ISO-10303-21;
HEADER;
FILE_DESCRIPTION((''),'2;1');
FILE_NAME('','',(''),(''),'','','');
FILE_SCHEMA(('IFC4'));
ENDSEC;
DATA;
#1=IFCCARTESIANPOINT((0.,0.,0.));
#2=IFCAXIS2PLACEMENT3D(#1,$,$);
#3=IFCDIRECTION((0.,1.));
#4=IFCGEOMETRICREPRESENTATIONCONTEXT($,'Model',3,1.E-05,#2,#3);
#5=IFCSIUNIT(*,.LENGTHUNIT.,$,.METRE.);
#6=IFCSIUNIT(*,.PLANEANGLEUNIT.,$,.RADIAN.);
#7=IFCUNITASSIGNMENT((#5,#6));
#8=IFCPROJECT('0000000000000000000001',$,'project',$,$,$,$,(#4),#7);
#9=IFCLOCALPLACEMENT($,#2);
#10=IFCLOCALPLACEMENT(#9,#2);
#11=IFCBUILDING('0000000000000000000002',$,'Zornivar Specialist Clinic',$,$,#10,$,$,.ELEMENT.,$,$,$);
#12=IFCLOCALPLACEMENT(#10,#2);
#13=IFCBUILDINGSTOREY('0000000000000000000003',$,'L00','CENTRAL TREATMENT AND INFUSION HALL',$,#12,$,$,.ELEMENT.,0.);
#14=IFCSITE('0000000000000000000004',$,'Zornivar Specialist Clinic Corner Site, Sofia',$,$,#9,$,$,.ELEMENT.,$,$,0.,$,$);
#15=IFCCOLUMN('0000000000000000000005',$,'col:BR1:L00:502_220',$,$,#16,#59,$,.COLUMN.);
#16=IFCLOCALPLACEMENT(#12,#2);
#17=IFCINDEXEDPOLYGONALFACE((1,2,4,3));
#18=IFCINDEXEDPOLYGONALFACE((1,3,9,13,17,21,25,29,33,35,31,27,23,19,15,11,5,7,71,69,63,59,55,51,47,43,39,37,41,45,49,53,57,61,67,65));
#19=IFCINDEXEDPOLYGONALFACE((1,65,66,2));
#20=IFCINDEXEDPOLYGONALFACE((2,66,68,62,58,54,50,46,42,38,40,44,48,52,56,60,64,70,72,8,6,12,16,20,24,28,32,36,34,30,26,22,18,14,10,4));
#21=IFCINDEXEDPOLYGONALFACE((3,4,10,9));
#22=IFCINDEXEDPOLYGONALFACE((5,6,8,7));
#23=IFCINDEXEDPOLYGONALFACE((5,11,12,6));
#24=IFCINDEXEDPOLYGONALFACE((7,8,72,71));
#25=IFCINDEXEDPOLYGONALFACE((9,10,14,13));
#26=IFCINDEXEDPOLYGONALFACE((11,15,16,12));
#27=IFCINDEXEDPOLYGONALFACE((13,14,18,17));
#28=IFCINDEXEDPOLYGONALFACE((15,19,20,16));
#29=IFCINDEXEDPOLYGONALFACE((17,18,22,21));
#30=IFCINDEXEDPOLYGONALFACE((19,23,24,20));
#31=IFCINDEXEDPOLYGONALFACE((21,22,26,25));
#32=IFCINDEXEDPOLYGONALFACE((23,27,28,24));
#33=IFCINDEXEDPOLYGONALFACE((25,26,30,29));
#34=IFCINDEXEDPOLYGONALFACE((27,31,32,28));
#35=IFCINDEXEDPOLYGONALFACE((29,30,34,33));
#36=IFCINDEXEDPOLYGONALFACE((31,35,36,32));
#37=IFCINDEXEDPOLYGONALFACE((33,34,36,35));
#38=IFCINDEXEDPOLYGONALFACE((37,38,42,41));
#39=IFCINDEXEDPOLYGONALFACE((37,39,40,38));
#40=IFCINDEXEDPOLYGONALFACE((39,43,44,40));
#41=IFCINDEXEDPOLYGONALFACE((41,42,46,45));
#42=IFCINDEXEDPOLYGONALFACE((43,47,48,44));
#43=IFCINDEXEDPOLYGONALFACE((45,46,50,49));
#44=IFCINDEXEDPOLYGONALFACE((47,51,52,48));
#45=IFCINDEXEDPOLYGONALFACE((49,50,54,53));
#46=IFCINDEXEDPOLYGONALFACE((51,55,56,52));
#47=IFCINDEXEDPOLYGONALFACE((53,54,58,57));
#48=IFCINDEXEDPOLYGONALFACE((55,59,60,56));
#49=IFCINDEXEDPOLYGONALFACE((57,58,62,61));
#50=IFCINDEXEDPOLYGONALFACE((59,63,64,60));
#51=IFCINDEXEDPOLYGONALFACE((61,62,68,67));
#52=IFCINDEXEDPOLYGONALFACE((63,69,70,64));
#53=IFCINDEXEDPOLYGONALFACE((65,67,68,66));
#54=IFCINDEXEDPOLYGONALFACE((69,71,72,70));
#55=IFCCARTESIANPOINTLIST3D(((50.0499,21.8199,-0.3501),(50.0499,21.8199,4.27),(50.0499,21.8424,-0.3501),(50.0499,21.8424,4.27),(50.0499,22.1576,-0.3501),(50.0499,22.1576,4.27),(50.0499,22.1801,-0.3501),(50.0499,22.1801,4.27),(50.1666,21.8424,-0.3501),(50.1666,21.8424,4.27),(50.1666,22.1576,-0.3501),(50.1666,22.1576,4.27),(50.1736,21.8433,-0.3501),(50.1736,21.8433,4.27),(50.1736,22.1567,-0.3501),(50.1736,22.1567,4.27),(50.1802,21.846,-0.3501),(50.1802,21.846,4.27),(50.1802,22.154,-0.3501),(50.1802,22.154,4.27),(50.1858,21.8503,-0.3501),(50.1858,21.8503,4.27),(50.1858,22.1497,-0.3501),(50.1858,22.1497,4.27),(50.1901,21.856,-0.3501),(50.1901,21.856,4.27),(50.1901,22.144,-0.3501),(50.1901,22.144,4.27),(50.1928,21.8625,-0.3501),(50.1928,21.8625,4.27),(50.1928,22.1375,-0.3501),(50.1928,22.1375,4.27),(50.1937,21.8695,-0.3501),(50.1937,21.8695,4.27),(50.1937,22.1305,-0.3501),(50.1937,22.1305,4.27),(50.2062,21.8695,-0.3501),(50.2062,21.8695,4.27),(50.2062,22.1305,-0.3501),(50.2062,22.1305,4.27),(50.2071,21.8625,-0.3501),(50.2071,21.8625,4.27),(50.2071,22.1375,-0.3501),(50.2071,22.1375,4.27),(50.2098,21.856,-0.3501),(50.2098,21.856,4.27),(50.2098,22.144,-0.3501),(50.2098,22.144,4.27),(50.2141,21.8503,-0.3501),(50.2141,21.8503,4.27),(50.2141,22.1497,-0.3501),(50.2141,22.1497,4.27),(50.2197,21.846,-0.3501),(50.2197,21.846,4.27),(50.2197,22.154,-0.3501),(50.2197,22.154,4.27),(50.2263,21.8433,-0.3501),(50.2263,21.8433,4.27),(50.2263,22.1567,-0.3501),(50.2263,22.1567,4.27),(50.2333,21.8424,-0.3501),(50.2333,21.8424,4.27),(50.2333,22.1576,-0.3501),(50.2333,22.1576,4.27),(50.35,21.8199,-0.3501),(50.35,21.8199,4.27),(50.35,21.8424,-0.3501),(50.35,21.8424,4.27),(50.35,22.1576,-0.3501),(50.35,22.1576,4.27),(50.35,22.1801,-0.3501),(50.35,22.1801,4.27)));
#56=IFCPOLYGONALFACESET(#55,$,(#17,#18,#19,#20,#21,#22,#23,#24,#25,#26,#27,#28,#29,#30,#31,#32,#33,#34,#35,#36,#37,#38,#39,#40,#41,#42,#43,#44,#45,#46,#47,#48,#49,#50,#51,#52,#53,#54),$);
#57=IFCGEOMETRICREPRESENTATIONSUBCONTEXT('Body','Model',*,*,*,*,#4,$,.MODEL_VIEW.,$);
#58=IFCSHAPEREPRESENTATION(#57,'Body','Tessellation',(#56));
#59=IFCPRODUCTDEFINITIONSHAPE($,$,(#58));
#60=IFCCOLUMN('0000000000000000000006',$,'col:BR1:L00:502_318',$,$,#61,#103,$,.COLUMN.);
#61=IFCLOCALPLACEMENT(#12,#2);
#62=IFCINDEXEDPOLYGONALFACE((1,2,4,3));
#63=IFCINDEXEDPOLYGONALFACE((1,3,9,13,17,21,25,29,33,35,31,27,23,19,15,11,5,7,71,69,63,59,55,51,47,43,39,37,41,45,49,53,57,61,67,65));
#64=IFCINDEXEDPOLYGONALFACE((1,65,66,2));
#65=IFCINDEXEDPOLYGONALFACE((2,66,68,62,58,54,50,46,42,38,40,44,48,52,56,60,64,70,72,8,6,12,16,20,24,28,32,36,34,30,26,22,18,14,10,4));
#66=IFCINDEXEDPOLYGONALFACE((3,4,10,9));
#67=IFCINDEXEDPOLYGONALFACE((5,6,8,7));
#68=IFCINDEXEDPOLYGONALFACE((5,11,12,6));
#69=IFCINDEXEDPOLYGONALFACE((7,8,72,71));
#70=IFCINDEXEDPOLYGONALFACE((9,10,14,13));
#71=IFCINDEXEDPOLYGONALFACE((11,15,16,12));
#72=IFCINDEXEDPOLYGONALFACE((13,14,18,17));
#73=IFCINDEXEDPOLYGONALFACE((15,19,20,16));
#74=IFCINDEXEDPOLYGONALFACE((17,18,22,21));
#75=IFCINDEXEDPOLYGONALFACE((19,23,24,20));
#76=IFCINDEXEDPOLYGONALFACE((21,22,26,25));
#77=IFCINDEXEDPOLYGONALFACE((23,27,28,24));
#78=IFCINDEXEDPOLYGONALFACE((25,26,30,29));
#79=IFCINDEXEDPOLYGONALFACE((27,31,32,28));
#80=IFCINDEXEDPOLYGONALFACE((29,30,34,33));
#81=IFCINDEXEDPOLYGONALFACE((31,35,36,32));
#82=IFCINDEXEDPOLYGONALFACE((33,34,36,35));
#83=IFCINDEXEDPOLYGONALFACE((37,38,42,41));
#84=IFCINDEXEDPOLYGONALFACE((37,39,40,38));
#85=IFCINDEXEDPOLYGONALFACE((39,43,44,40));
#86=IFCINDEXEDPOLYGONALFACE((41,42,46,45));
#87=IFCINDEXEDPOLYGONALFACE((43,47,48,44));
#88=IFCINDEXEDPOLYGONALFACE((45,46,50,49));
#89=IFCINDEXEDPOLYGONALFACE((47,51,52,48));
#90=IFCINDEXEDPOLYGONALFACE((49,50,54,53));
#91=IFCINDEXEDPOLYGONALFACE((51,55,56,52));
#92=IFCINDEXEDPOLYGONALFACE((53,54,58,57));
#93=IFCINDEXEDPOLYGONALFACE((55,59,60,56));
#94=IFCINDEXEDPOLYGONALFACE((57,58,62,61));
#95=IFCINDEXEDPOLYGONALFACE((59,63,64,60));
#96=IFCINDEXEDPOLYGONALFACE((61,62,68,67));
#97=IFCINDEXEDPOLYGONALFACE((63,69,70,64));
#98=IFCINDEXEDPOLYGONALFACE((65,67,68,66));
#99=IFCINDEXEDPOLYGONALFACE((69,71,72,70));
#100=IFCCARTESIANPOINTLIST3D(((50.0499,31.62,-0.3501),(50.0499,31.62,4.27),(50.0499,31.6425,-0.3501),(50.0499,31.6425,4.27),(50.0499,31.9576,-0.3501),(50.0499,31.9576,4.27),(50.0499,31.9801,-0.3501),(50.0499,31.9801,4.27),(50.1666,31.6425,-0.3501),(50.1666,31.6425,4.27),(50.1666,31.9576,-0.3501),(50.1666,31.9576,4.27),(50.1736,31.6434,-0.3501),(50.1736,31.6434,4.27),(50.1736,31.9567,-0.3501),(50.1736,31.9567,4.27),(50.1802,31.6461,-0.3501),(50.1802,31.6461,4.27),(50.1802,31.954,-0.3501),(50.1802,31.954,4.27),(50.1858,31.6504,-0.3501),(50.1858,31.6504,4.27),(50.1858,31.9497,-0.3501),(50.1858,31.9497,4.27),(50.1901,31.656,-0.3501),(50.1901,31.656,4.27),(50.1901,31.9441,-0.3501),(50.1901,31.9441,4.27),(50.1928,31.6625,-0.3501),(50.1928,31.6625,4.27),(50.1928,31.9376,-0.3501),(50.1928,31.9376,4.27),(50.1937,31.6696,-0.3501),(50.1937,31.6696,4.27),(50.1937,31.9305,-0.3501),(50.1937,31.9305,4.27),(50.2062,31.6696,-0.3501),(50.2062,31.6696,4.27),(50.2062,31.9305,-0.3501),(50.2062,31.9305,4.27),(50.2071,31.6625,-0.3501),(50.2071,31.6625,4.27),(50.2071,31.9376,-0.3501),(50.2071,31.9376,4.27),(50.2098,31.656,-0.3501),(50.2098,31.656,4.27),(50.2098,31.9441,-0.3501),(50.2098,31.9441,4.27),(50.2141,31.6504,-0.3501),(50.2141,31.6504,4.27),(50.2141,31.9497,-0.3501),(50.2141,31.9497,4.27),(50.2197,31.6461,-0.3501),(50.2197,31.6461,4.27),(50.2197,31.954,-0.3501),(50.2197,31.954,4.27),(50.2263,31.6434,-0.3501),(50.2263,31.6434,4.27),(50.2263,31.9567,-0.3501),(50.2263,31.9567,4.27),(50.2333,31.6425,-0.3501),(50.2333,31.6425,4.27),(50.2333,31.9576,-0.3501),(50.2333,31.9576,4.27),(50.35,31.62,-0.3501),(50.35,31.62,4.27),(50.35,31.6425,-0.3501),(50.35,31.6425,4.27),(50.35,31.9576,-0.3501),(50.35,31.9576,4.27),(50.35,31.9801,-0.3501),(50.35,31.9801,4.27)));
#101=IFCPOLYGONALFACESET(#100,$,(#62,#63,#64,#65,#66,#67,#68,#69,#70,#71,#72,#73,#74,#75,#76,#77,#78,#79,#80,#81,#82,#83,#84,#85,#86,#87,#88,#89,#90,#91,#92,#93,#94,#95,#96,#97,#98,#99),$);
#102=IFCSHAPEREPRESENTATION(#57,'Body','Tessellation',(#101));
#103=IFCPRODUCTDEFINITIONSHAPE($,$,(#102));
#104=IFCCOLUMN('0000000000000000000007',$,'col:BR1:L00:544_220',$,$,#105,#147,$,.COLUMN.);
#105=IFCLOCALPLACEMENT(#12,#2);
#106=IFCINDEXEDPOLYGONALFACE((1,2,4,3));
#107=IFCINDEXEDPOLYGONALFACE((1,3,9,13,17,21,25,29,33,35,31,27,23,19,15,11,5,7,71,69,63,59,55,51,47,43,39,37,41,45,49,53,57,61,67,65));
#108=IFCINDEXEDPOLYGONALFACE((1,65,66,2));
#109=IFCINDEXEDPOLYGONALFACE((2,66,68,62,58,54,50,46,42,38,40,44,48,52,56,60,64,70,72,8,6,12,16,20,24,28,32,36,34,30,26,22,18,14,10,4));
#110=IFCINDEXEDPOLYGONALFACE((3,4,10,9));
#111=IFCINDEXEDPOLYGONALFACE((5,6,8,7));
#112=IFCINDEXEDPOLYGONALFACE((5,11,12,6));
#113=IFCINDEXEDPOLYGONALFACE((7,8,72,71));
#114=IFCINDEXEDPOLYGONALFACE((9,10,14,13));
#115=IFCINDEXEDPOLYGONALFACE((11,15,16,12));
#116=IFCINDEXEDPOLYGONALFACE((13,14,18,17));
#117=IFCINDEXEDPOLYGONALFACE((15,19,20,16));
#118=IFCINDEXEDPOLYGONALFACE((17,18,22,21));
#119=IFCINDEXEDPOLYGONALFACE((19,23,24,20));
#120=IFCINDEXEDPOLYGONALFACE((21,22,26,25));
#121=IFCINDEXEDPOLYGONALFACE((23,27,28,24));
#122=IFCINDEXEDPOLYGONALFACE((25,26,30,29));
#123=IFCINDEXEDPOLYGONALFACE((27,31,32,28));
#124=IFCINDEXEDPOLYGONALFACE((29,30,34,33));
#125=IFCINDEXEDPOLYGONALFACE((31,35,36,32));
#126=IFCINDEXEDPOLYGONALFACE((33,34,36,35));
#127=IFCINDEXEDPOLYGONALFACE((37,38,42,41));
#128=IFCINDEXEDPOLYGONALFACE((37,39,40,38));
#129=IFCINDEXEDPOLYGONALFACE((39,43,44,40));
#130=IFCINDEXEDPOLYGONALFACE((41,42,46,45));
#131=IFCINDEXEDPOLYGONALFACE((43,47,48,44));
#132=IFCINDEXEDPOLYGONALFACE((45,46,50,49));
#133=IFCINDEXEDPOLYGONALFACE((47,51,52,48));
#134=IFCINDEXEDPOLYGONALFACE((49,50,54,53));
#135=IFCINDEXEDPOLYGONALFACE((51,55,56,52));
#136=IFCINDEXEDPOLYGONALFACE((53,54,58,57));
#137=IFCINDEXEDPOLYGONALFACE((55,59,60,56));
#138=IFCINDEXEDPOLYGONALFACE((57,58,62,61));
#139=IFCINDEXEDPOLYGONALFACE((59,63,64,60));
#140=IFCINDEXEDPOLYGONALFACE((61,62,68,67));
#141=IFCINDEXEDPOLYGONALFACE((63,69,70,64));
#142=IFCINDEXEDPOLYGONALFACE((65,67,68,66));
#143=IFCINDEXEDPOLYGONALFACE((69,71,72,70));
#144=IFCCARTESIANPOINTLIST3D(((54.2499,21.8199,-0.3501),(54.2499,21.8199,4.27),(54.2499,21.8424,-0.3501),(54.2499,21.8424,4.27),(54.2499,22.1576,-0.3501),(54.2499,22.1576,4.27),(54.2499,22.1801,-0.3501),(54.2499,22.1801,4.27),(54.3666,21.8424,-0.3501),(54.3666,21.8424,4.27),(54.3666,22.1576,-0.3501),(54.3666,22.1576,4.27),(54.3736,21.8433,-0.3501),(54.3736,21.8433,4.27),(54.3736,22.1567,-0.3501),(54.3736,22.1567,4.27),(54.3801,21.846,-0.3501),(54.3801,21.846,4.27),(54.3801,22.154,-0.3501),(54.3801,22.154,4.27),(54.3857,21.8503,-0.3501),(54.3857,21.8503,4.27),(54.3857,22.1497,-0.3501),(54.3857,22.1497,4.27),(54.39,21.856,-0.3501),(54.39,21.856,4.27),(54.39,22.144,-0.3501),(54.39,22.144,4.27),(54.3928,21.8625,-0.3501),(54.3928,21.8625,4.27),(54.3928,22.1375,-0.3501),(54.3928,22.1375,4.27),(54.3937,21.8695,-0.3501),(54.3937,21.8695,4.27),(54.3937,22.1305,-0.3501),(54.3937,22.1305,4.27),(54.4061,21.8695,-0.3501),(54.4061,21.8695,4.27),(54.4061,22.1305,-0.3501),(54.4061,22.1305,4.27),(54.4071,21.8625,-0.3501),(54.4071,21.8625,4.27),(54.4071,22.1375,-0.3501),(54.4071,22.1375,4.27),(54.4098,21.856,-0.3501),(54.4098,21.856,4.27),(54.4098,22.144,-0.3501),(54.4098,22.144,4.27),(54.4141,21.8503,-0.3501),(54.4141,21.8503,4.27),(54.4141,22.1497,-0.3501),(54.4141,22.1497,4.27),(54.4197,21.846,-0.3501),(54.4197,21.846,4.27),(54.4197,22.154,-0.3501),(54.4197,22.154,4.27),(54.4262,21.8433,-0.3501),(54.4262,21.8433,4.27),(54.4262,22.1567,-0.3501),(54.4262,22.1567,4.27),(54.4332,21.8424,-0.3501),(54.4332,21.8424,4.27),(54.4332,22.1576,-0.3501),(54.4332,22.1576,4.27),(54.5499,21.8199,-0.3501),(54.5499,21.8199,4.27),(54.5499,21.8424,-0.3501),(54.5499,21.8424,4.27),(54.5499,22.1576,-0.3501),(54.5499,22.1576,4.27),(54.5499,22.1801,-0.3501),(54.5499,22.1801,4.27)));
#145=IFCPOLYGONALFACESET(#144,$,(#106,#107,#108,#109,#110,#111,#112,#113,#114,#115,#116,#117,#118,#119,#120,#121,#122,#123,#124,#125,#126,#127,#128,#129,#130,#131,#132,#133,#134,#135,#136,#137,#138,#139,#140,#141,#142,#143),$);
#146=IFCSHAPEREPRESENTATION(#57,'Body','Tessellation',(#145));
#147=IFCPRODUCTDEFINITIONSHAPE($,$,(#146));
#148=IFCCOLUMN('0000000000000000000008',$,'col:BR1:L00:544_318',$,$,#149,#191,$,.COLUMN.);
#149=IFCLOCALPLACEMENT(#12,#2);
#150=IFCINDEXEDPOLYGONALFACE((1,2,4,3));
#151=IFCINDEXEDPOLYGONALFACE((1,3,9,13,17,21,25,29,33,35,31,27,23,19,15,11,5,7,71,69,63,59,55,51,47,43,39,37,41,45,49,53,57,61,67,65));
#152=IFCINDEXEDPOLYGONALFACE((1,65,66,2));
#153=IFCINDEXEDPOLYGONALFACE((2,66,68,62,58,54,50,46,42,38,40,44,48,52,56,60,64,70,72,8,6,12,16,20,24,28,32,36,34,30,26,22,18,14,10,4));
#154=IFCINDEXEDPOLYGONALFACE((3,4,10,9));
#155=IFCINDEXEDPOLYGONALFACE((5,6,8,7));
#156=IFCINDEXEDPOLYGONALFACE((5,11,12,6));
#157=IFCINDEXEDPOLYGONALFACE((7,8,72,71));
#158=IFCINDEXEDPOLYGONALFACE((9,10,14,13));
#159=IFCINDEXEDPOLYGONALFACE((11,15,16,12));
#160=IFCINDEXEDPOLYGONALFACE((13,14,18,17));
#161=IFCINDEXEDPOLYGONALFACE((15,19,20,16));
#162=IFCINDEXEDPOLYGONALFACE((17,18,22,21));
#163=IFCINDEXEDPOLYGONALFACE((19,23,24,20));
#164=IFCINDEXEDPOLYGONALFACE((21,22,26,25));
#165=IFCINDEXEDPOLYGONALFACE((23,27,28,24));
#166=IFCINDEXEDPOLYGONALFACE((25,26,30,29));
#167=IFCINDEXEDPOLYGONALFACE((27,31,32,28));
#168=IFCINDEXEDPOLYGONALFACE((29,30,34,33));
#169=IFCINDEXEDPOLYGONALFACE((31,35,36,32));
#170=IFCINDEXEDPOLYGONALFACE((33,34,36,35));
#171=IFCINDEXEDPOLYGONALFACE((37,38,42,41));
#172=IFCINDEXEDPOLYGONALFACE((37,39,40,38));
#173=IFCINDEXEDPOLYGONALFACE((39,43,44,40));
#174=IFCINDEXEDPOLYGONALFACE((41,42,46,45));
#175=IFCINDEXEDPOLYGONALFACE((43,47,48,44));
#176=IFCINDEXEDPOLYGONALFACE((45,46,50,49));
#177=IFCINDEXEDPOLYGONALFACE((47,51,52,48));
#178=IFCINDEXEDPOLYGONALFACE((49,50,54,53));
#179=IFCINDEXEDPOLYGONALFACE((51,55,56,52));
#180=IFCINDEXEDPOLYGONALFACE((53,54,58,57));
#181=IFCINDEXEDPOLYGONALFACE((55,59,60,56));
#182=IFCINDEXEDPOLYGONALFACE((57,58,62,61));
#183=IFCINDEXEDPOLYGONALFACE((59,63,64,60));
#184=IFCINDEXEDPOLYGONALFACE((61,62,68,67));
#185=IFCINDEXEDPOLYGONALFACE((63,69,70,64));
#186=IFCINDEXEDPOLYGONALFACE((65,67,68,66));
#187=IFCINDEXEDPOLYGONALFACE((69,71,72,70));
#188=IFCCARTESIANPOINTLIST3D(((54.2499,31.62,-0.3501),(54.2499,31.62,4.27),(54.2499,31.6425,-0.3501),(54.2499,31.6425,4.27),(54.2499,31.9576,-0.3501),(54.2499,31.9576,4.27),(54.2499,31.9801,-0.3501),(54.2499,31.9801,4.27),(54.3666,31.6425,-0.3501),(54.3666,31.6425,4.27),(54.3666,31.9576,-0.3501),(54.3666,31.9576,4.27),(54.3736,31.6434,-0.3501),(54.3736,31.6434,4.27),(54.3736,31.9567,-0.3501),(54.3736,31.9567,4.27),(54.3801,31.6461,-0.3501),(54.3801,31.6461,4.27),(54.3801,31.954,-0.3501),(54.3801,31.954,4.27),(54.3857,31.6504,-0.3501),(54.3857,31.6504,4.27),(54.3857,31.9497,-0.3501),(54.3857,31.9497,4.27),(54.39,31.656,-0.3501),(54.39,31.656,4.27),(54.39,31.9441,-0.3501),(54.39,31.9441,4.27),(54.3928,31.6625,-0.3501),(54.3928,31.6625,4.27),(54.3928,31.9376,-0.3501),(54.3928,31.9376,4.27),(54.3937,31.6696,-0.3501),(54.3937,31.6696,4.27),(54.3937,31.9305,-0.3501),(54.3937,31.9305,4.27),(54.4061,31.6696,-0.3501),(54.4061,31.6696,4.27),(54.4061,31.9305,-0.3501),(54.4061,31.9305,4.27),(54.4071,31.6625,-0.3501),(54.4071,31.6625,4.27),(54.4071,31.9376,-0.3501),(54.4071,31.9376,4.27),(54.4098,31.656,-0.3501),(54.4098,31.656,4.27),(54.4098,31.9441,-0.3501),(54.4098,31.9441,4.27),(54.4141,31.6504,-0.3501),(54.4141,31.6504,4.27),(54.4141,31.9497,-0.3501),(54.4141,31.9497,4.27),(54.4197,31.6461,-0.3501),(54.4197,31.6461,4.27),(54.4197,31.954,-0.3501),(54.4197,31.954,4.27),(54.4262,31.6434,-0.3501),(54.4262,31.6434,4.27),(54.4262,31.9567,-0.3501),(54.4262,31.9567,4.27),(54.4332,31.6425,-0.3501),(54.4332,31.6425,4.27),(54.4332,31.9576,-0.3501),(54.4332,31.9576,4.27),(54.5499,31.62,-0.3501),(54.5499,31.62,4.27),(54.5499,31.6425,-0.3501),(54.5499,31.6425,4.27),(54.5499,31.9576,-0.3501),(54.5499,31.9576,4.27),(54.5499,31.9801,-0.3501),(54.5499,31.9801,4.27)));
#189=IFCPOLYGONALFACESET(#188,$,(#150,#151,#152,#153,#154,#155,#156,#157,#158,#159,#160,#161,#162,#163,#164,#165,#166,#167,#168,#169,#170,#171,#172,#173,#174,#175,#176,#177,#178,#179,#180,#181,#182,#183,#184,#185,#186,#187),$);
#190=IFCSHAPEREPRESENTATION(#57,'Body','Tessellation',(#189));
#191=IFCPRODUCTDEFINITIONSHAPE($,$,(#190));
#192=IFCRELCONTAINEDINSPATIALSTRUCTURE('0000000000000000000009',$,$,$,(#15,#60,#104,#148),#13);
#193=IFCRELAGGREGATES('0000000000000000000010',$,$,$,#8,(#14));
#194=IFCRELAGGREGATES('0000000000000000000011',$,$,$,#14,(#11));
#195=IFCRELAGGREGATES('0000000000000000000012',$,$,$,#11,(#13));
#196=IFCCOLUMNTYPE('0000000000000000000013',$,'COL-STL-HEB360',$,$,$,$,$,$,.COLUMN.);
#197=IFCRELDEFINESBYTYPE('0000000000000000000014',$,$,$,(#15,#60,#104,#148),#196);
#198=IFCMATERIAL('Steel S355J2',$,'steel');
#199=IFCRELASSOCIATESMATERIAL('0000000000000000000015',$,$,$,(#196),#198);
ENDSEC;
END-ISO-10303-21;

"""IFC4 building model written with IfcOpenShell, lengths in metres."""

from ifc_helpers import new_model, si_unit, direction, frame, origin, origin_2d, place, context, subcontext, project, spatial, i_section, extrude, material, material_profile, profile_set, type_object, element, save


model = new_model("IFC4")

# Units and contexts
model_context = context("Model", 3, precision=1e-05, world=origin(), true_north=direction((0.0, 1.0)))
body_context = subcontext(model_context, "Body", "Model", "MODEL_VIEW")
ifc_project = project(units=[si_unit("LENGTHUNIT", "METRE"), si_unit("PLANEANGLEUNIT", "RADIAN")], contexts=[model_context])

# Site, building, storey
site_placement = place(None, origin())
site = spatial("IfcSite", under=ifc_project, at=site_placement, Name="Zornivar Specialist Clinic Corner Site, Sofia", CompositionType="ELEMENT", RefElevation=0.0)
building_placement = place(site_placement, origin())
building = spatial("IfcBuilding", under=site, at=building_placement, Name="Zornivar Specialist Clinic", CompositionType="ELEMENT")
storey_placement = place(building_placement, origin())
storey = spatial("IfcBuildingStorey", under=building, at=storey_placement, Name="L00", Description="CENTRAL TREATMENT AND INFUSION HALL", CompositionType="ELEMENT", Elevation=0.0)

# Columns
ifc_material_1 = material(Name="Steel S355J2", Category="steel")
ifc_material_profile_1 = material_profile(ifc_material_1, i_section(OverallWidth=0.3, OverallDepth=0.3601, WebThickness=0.0125, FlangeThickness=0.0225, FilletRadius=0.0271, at=origin_2d()), Name="HEB 360")
ifc_profile_set_1 = profile_set([ifc_material_profile_1], Name="Steel S355J2")
column_type = type_object("IfcColumnType", Name="COL-STL-HEB360", PredefinedType="COLUMN", material=ifc_profile_set_1)
for number, where, z_axis, x_axis, name in (
    (1, (50.2, 22.0, -0.3501), (0.0, 0.0, 1.0), (1.0, 0.0, 0.0), "col:BR1:L00:502_220"),
    (2, (50.2, 31.8, -0.3501), (0.0, 0.0, 1.0), (1.0, 0.0, 0.0), "col:BR1:L00:502_318"),
    (3, (54.3999, 22.0, -0.3501), (0.0, 0.0, 1.0), (1.0, 0.0, 0.0), "col:BR1:L00:544_220"),
    (4, (54.3999, 31.8, -0.3501), (0.0, 0.0, 1.0), (1.0, 0.0, 0.0), "col:BR1:L00:544_318"),
):
    element("IfcColumn", number, at=place(storey_placement, frame(where, z_axis=z_axis, x_axis=x_axis)), inside=storey, type_object=column_type, Name=name, PredefinedType="COLUMN", context=body_context, shape_type="SweptSolid", body=[
        extrude(i_section(OverallWidth=0.3, OverallDepth=0.3601, WebThickness=0.0125, FlangeThickness=0.0225, FilletRadius=0.0271, at=origin_2d()), origin(), (0.0, 0.0, 1.0), 4.6201),
    ])

save(model, "model.ifc")
